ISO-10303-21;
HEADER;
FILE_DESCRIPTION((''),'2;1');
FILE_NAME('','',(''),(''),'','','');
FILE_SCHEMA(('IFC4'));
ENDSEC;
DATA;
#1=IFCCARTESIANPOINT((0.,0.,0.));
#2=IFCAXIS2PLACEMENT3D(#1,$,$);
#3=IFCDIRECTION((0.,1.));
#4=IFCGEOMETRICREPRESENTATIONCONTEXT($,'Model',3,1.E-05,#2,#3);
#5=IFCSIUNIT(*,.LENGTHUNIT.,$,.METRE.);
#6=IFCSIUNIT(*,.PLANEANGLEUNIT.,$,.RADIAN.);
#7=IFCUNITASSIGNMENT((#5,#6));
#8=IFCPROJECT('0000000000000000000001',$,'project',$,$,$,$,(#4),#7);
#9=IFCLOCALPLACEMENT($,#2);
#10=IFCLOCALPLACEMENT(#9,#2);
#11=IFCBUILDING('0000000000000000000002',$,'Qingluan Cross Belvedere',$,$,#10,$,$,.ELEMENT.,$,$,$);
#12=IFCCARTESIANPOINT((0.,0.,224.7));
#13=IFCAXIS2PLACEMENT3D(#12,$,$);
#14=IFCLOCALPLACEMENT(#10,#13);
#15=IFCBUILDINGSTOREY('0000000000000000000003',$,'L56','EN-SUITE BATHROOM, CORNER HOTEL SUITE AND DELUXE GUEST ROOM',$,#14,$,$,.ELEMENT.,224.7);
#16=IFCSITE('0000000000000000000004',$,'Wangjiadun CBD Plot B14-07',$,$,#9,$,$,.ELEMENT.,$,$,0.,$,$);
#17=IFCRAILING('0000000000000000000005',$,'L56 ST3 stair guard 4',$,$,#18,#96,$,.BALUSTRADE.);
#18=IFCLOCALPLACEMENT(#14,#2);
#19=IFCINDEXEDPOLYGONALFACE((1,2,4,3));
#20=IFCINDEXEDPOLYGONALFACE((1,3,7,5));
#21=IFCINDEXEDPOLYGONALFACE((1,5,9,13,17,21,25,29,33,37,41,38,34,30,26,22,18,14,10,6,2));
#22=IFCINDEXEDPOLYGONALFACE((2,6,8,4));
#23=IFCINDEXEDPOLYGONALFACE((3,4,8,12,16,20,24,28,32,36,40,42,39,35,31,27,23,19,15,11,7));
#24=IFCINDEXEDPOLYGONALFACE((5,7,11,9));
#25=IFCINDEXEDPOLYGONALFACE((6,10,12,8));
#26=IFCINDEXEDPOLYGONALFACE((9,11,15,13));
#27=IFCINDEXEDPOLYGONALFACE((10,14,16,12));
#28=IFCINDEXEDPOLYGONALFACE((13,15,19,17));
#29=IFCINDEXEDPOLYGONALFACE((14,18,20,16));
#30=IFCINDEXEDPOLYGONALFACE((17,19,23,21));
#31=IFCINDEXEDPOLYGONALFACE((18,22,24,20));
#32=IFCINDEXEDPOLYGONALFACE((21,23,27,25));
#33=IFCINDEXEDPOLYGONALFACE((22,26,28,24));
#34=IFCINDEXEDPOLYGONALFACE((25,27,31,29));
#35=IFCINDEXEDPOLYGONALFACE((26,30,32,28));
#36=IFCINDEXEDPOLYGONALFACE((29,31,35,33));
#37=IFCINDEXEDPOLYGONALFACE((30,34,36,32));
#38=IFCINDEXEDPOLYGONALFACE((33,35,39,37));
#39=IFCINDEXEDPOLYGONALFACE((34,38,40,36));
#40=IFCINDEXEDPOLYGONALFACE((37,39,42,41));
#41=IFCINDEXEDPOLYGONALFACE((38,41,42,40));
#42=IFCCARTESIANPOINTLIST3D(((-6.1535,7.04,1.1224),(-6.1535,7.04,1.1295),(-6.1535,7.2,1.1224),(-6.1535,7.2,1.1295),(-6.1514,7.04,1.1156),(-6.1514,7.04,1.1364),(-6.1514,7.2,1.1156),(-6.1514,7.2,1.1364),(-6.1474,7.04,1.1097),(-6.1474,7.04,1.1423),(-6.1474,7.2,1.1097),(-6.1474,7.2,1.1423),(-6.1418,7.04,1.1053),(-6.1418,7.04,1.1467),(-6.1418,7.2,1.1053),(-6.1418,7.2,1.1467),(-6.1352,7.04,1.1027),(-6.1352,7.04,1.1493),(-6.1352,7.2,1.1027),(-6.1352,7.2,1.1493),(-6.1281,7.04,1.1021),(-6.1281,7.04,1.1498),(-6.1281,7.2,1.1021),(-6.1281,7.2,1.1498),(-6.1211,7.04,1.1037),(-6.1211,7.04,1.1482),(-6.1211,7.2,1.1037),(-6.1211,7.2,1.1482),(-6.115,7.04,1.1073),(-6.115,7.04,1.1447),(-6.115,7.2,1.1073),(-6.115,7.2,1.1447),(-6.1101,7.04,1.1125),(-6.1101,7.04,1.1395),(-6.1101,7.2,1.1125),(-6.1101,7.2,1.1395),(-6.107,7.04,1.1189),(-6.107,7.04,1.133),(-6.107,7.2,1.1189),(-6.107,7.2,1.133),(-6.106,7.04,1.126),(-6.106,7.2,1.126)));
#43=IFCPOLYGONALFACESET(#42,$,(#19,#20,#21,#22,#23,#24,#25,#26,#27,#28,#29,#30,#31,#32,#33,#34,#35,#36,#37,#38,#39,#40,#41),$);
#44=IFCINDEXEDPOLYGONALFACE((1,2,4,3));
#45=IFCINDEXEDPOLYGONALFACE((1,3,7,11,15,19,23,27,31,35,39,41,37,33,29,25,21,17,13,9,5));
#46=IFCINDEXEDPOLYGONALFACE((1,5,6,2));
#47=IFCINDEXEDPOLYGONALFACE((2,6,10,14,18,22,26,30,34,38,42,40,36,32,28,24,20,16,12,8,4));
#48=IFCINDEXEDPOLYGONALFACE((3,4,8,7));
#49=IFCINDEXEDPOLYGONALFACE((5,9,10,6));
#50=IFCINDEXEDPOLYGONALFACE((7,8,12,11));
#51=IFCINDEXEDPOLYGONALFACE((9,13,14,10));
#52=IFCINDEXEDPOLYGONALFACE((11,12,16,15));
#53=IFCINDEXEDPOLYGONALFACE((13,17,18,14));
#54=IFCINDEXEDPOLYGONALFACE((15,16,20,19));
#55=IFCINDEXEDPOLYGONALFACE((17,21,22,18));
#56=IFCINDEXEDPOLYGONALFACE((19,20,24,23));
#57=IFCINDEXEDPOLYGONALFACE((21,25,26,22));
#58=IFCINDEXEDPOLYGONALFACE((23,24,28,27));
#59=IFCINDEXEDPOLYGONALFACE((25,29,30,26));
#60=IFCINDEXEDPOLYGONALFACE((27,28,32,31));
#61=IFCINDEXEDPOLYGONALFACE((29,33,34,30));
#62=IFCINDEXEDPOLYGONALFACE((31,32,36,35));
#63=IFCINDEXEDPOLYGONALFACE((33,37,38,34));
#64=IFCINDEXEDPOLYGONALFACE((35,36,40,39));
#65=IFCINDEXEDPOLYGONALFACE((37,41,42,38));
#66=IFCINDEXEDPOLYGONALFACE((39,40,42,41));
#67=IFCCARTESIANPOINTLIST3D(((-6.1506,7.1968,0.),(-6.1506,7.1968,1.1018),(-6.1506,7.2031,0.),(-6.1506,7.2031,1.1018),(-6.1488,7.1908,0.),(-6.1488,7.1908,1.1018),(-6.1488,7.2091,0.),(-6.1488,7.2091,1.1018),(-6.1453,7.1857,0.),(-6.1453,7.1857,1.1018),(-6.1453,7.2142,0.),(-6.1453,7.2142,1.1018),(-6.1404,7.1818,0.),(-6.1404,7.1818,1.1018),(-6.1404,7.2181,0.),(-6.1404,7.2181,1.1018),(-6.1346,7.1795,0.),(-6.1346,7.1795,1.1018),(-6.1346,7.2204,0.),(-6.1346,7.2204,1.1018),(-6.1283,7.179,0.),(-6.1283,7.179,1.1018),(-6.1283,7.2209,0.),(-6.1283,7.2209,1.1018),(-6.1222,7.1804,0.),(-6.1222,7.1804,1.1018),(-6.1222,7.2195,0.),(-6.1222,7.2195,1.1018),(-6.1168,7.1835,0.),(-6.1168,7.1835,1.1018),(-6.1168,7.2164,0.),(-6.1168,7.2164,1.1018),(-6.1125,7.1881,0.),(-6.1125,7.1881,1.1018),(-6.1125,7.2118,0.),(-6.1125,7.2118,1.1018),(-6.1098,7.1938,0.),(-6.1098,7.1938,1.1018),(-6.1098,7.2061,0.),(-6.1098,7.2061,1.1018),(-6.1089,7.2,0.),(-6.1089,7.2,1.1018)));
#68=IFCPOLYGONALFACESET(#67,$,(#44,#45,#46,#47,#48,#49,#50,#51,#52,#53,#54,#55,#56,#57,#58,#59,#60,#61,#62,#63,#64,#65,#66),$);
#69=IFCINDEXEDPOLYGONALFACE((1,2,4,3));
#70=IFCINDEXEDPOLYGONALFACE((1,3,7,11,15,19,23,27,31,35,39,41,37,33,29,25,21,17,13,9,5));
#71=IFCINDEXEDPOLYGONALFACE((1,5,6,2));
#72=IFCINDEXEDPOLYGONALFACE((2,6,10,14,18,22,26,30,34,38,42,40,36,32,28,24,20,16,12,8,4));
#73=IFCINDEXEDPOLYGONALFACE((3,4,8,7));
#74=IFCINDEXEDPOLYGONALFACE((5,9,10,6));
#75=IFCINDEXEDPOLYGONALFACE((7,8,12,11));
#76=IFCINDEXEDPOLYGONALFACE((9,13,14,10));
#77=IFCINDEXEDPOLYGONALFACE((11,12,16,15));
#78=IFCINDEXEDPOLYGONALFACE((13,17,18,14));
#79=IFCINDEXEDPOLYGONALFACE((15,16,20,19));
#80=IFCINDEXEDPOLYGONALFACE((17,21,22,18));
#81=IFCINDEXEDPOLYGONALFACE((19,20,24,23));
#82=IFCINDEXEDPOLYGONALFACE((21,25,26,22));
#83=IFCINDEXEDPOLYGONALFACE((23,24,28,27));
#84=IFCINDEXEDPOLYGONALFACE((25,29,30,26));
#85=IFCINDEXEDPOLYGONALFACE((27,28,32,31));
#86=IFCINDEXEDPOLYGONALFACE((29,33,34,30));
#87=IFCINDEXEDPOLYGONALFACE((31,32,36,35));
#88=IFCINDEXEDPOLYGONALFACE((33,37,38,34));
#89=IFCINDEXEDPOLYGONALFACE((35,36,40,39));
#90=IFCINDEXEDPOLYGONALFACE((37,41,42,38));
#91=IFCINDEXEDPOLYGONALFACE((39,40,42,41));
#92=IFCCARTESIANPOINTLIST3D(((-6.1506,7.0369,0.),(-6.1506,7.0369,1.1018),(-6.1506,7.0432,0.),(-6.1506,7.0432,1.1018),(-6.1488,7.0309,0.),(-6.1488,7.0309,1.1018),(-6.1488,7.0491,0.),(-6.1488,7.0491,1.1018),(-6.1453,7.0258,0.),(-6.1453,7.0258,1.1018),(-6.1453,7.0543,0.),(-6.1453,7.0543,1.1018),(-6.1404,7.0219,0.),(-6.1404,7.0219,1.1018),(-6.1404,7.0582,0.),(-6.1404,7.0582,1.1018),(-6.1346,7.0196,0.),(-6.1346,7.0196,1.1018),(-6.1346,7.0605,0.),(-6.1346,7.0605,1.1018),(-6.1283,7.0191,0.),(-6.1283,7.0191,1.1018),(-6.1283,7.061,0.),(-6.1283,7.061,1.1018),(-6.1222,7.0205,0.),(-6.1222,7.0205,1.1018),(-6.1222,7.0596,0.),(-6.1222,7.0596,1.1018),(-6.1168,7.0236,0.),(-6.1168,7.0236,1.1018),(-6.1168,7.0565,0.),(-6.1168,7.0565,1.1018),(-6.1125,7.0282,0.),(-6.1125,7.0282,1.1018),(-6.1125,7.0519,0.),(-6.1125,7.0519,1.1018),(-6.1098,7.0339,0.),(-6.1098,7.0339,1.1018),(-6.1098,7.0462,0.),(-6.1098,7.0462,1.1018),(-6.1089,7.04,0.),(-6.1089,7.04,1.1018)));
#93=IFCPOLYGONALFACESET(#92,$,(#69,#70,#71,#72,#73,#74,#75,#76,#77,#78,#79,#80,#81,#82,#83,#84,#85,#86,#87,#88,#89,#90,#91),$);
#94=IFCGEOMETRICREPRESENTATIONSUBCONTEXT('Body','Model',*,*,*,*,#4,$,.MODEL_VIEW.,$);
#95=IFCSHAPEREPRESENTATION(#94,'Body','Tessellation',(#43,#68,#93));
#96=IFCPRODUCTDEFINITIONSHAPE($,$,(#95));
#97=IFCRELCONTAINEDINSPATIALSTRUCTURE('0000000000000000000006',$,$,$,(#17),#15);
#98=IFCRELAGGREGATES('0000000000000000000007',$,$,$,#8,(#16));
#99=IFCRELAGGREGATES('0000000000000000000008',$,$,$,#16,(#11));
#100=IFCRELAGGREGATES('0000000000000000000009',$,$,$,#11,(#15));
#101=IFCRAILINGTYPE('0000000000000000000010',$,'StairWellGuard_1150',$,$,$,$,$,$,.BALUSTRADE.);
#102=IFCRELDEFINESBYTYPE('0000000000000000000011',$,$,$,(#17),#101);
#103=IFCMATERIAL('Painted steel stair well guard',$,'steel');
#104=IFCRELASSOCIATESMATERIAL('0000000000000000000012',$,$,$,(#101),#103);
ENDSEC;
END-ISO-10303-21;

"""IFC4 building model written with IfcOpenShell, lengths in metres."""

from ifc_helpers import new_model, si_unit, direction, frame, origin, origin_2d, place, context, subcontext, project, spatial, circle, extrude, material, type_object, element, save


model = new_model("IFC4")

# Units and contexts
model_context = context("Model", 3, precision=1e-05, world=origin(), true_north=direction((0.0, 1.0)))
body_context = subcontext(model_context, "Body", "Model", "MODEL_VIEW")
ifc_project = project(units=[si_unit("LENGTHUNIT", "METRE"), si_unit("PLANEANGLEUNIT", "RADIAN")], contexts=[model_context])

# Site, building, storey
site_placement = place(None, origin())
site = spatial("IfcSite", under=ifc_project, at=site_placement, Name="Wangjiadun CBD Plot B14-07", CompositionType="ELEMENT", RefElevation=0.0)
building_placement = place(site_placement, origin())
building = spatial("IfcBuilding", under=site, at=building_placement, Name="Qingluan Cross Belvedere", CompositionType="ELEMENT")
storey_placement = place(building_placement, frame((0.0, 0.0, 224.7)))
storey = spatial("IfcBuildingStorey", under=building, at=storey_placement, Name="L56", Description="EN-SUITE BATHROOM, CORNER HOTEL SUITE AND DELUXE GUEST ROOM", CompositionType="ELEMENT", Elevation=224.7)

# Railing
ifc_material_1 = material(Name="Painted steel stair well guard", Category="steel")
railing_type_1 = type_object("IfcRailingType", Name="StairWellGuard_1150", PredefinedType="BALUSTRADE", material=ifc_material_1)
railing_1_placement = place(storey_placement, frame((-6.1299, 7.2, 0.0)))
element("IfcRailing", 1, at=railing_1_placement, inside=storey, type_object=railing_type_1, Name="L56 ST3 stair guard 4", PredefinedType="BALUSTRADE", context=body_context, shape_type="SweptSolid", body=[
    extrude(circle(Radius=0.0239, at=origin_2d()), frame((0.0, 0.0, 1.126), z_axis=(0.0, -1.0, 0.0), x_axis=(1.0, 0.0, 0.0)), (0.0, 0.0, 1.0), 0.1599),
    extrude(circle(Radius=0.021, at=origin_2d()), origin(), (0.0, 0.0, 1.0), 1.1018),
    extrude(circle(Radius=0.021, at=origin_2d()), frame((0.0, -0.1599, 0.0)), (0.0, 0.0, 1.0), 1.1018),
])

save(model, "model.ifc")
